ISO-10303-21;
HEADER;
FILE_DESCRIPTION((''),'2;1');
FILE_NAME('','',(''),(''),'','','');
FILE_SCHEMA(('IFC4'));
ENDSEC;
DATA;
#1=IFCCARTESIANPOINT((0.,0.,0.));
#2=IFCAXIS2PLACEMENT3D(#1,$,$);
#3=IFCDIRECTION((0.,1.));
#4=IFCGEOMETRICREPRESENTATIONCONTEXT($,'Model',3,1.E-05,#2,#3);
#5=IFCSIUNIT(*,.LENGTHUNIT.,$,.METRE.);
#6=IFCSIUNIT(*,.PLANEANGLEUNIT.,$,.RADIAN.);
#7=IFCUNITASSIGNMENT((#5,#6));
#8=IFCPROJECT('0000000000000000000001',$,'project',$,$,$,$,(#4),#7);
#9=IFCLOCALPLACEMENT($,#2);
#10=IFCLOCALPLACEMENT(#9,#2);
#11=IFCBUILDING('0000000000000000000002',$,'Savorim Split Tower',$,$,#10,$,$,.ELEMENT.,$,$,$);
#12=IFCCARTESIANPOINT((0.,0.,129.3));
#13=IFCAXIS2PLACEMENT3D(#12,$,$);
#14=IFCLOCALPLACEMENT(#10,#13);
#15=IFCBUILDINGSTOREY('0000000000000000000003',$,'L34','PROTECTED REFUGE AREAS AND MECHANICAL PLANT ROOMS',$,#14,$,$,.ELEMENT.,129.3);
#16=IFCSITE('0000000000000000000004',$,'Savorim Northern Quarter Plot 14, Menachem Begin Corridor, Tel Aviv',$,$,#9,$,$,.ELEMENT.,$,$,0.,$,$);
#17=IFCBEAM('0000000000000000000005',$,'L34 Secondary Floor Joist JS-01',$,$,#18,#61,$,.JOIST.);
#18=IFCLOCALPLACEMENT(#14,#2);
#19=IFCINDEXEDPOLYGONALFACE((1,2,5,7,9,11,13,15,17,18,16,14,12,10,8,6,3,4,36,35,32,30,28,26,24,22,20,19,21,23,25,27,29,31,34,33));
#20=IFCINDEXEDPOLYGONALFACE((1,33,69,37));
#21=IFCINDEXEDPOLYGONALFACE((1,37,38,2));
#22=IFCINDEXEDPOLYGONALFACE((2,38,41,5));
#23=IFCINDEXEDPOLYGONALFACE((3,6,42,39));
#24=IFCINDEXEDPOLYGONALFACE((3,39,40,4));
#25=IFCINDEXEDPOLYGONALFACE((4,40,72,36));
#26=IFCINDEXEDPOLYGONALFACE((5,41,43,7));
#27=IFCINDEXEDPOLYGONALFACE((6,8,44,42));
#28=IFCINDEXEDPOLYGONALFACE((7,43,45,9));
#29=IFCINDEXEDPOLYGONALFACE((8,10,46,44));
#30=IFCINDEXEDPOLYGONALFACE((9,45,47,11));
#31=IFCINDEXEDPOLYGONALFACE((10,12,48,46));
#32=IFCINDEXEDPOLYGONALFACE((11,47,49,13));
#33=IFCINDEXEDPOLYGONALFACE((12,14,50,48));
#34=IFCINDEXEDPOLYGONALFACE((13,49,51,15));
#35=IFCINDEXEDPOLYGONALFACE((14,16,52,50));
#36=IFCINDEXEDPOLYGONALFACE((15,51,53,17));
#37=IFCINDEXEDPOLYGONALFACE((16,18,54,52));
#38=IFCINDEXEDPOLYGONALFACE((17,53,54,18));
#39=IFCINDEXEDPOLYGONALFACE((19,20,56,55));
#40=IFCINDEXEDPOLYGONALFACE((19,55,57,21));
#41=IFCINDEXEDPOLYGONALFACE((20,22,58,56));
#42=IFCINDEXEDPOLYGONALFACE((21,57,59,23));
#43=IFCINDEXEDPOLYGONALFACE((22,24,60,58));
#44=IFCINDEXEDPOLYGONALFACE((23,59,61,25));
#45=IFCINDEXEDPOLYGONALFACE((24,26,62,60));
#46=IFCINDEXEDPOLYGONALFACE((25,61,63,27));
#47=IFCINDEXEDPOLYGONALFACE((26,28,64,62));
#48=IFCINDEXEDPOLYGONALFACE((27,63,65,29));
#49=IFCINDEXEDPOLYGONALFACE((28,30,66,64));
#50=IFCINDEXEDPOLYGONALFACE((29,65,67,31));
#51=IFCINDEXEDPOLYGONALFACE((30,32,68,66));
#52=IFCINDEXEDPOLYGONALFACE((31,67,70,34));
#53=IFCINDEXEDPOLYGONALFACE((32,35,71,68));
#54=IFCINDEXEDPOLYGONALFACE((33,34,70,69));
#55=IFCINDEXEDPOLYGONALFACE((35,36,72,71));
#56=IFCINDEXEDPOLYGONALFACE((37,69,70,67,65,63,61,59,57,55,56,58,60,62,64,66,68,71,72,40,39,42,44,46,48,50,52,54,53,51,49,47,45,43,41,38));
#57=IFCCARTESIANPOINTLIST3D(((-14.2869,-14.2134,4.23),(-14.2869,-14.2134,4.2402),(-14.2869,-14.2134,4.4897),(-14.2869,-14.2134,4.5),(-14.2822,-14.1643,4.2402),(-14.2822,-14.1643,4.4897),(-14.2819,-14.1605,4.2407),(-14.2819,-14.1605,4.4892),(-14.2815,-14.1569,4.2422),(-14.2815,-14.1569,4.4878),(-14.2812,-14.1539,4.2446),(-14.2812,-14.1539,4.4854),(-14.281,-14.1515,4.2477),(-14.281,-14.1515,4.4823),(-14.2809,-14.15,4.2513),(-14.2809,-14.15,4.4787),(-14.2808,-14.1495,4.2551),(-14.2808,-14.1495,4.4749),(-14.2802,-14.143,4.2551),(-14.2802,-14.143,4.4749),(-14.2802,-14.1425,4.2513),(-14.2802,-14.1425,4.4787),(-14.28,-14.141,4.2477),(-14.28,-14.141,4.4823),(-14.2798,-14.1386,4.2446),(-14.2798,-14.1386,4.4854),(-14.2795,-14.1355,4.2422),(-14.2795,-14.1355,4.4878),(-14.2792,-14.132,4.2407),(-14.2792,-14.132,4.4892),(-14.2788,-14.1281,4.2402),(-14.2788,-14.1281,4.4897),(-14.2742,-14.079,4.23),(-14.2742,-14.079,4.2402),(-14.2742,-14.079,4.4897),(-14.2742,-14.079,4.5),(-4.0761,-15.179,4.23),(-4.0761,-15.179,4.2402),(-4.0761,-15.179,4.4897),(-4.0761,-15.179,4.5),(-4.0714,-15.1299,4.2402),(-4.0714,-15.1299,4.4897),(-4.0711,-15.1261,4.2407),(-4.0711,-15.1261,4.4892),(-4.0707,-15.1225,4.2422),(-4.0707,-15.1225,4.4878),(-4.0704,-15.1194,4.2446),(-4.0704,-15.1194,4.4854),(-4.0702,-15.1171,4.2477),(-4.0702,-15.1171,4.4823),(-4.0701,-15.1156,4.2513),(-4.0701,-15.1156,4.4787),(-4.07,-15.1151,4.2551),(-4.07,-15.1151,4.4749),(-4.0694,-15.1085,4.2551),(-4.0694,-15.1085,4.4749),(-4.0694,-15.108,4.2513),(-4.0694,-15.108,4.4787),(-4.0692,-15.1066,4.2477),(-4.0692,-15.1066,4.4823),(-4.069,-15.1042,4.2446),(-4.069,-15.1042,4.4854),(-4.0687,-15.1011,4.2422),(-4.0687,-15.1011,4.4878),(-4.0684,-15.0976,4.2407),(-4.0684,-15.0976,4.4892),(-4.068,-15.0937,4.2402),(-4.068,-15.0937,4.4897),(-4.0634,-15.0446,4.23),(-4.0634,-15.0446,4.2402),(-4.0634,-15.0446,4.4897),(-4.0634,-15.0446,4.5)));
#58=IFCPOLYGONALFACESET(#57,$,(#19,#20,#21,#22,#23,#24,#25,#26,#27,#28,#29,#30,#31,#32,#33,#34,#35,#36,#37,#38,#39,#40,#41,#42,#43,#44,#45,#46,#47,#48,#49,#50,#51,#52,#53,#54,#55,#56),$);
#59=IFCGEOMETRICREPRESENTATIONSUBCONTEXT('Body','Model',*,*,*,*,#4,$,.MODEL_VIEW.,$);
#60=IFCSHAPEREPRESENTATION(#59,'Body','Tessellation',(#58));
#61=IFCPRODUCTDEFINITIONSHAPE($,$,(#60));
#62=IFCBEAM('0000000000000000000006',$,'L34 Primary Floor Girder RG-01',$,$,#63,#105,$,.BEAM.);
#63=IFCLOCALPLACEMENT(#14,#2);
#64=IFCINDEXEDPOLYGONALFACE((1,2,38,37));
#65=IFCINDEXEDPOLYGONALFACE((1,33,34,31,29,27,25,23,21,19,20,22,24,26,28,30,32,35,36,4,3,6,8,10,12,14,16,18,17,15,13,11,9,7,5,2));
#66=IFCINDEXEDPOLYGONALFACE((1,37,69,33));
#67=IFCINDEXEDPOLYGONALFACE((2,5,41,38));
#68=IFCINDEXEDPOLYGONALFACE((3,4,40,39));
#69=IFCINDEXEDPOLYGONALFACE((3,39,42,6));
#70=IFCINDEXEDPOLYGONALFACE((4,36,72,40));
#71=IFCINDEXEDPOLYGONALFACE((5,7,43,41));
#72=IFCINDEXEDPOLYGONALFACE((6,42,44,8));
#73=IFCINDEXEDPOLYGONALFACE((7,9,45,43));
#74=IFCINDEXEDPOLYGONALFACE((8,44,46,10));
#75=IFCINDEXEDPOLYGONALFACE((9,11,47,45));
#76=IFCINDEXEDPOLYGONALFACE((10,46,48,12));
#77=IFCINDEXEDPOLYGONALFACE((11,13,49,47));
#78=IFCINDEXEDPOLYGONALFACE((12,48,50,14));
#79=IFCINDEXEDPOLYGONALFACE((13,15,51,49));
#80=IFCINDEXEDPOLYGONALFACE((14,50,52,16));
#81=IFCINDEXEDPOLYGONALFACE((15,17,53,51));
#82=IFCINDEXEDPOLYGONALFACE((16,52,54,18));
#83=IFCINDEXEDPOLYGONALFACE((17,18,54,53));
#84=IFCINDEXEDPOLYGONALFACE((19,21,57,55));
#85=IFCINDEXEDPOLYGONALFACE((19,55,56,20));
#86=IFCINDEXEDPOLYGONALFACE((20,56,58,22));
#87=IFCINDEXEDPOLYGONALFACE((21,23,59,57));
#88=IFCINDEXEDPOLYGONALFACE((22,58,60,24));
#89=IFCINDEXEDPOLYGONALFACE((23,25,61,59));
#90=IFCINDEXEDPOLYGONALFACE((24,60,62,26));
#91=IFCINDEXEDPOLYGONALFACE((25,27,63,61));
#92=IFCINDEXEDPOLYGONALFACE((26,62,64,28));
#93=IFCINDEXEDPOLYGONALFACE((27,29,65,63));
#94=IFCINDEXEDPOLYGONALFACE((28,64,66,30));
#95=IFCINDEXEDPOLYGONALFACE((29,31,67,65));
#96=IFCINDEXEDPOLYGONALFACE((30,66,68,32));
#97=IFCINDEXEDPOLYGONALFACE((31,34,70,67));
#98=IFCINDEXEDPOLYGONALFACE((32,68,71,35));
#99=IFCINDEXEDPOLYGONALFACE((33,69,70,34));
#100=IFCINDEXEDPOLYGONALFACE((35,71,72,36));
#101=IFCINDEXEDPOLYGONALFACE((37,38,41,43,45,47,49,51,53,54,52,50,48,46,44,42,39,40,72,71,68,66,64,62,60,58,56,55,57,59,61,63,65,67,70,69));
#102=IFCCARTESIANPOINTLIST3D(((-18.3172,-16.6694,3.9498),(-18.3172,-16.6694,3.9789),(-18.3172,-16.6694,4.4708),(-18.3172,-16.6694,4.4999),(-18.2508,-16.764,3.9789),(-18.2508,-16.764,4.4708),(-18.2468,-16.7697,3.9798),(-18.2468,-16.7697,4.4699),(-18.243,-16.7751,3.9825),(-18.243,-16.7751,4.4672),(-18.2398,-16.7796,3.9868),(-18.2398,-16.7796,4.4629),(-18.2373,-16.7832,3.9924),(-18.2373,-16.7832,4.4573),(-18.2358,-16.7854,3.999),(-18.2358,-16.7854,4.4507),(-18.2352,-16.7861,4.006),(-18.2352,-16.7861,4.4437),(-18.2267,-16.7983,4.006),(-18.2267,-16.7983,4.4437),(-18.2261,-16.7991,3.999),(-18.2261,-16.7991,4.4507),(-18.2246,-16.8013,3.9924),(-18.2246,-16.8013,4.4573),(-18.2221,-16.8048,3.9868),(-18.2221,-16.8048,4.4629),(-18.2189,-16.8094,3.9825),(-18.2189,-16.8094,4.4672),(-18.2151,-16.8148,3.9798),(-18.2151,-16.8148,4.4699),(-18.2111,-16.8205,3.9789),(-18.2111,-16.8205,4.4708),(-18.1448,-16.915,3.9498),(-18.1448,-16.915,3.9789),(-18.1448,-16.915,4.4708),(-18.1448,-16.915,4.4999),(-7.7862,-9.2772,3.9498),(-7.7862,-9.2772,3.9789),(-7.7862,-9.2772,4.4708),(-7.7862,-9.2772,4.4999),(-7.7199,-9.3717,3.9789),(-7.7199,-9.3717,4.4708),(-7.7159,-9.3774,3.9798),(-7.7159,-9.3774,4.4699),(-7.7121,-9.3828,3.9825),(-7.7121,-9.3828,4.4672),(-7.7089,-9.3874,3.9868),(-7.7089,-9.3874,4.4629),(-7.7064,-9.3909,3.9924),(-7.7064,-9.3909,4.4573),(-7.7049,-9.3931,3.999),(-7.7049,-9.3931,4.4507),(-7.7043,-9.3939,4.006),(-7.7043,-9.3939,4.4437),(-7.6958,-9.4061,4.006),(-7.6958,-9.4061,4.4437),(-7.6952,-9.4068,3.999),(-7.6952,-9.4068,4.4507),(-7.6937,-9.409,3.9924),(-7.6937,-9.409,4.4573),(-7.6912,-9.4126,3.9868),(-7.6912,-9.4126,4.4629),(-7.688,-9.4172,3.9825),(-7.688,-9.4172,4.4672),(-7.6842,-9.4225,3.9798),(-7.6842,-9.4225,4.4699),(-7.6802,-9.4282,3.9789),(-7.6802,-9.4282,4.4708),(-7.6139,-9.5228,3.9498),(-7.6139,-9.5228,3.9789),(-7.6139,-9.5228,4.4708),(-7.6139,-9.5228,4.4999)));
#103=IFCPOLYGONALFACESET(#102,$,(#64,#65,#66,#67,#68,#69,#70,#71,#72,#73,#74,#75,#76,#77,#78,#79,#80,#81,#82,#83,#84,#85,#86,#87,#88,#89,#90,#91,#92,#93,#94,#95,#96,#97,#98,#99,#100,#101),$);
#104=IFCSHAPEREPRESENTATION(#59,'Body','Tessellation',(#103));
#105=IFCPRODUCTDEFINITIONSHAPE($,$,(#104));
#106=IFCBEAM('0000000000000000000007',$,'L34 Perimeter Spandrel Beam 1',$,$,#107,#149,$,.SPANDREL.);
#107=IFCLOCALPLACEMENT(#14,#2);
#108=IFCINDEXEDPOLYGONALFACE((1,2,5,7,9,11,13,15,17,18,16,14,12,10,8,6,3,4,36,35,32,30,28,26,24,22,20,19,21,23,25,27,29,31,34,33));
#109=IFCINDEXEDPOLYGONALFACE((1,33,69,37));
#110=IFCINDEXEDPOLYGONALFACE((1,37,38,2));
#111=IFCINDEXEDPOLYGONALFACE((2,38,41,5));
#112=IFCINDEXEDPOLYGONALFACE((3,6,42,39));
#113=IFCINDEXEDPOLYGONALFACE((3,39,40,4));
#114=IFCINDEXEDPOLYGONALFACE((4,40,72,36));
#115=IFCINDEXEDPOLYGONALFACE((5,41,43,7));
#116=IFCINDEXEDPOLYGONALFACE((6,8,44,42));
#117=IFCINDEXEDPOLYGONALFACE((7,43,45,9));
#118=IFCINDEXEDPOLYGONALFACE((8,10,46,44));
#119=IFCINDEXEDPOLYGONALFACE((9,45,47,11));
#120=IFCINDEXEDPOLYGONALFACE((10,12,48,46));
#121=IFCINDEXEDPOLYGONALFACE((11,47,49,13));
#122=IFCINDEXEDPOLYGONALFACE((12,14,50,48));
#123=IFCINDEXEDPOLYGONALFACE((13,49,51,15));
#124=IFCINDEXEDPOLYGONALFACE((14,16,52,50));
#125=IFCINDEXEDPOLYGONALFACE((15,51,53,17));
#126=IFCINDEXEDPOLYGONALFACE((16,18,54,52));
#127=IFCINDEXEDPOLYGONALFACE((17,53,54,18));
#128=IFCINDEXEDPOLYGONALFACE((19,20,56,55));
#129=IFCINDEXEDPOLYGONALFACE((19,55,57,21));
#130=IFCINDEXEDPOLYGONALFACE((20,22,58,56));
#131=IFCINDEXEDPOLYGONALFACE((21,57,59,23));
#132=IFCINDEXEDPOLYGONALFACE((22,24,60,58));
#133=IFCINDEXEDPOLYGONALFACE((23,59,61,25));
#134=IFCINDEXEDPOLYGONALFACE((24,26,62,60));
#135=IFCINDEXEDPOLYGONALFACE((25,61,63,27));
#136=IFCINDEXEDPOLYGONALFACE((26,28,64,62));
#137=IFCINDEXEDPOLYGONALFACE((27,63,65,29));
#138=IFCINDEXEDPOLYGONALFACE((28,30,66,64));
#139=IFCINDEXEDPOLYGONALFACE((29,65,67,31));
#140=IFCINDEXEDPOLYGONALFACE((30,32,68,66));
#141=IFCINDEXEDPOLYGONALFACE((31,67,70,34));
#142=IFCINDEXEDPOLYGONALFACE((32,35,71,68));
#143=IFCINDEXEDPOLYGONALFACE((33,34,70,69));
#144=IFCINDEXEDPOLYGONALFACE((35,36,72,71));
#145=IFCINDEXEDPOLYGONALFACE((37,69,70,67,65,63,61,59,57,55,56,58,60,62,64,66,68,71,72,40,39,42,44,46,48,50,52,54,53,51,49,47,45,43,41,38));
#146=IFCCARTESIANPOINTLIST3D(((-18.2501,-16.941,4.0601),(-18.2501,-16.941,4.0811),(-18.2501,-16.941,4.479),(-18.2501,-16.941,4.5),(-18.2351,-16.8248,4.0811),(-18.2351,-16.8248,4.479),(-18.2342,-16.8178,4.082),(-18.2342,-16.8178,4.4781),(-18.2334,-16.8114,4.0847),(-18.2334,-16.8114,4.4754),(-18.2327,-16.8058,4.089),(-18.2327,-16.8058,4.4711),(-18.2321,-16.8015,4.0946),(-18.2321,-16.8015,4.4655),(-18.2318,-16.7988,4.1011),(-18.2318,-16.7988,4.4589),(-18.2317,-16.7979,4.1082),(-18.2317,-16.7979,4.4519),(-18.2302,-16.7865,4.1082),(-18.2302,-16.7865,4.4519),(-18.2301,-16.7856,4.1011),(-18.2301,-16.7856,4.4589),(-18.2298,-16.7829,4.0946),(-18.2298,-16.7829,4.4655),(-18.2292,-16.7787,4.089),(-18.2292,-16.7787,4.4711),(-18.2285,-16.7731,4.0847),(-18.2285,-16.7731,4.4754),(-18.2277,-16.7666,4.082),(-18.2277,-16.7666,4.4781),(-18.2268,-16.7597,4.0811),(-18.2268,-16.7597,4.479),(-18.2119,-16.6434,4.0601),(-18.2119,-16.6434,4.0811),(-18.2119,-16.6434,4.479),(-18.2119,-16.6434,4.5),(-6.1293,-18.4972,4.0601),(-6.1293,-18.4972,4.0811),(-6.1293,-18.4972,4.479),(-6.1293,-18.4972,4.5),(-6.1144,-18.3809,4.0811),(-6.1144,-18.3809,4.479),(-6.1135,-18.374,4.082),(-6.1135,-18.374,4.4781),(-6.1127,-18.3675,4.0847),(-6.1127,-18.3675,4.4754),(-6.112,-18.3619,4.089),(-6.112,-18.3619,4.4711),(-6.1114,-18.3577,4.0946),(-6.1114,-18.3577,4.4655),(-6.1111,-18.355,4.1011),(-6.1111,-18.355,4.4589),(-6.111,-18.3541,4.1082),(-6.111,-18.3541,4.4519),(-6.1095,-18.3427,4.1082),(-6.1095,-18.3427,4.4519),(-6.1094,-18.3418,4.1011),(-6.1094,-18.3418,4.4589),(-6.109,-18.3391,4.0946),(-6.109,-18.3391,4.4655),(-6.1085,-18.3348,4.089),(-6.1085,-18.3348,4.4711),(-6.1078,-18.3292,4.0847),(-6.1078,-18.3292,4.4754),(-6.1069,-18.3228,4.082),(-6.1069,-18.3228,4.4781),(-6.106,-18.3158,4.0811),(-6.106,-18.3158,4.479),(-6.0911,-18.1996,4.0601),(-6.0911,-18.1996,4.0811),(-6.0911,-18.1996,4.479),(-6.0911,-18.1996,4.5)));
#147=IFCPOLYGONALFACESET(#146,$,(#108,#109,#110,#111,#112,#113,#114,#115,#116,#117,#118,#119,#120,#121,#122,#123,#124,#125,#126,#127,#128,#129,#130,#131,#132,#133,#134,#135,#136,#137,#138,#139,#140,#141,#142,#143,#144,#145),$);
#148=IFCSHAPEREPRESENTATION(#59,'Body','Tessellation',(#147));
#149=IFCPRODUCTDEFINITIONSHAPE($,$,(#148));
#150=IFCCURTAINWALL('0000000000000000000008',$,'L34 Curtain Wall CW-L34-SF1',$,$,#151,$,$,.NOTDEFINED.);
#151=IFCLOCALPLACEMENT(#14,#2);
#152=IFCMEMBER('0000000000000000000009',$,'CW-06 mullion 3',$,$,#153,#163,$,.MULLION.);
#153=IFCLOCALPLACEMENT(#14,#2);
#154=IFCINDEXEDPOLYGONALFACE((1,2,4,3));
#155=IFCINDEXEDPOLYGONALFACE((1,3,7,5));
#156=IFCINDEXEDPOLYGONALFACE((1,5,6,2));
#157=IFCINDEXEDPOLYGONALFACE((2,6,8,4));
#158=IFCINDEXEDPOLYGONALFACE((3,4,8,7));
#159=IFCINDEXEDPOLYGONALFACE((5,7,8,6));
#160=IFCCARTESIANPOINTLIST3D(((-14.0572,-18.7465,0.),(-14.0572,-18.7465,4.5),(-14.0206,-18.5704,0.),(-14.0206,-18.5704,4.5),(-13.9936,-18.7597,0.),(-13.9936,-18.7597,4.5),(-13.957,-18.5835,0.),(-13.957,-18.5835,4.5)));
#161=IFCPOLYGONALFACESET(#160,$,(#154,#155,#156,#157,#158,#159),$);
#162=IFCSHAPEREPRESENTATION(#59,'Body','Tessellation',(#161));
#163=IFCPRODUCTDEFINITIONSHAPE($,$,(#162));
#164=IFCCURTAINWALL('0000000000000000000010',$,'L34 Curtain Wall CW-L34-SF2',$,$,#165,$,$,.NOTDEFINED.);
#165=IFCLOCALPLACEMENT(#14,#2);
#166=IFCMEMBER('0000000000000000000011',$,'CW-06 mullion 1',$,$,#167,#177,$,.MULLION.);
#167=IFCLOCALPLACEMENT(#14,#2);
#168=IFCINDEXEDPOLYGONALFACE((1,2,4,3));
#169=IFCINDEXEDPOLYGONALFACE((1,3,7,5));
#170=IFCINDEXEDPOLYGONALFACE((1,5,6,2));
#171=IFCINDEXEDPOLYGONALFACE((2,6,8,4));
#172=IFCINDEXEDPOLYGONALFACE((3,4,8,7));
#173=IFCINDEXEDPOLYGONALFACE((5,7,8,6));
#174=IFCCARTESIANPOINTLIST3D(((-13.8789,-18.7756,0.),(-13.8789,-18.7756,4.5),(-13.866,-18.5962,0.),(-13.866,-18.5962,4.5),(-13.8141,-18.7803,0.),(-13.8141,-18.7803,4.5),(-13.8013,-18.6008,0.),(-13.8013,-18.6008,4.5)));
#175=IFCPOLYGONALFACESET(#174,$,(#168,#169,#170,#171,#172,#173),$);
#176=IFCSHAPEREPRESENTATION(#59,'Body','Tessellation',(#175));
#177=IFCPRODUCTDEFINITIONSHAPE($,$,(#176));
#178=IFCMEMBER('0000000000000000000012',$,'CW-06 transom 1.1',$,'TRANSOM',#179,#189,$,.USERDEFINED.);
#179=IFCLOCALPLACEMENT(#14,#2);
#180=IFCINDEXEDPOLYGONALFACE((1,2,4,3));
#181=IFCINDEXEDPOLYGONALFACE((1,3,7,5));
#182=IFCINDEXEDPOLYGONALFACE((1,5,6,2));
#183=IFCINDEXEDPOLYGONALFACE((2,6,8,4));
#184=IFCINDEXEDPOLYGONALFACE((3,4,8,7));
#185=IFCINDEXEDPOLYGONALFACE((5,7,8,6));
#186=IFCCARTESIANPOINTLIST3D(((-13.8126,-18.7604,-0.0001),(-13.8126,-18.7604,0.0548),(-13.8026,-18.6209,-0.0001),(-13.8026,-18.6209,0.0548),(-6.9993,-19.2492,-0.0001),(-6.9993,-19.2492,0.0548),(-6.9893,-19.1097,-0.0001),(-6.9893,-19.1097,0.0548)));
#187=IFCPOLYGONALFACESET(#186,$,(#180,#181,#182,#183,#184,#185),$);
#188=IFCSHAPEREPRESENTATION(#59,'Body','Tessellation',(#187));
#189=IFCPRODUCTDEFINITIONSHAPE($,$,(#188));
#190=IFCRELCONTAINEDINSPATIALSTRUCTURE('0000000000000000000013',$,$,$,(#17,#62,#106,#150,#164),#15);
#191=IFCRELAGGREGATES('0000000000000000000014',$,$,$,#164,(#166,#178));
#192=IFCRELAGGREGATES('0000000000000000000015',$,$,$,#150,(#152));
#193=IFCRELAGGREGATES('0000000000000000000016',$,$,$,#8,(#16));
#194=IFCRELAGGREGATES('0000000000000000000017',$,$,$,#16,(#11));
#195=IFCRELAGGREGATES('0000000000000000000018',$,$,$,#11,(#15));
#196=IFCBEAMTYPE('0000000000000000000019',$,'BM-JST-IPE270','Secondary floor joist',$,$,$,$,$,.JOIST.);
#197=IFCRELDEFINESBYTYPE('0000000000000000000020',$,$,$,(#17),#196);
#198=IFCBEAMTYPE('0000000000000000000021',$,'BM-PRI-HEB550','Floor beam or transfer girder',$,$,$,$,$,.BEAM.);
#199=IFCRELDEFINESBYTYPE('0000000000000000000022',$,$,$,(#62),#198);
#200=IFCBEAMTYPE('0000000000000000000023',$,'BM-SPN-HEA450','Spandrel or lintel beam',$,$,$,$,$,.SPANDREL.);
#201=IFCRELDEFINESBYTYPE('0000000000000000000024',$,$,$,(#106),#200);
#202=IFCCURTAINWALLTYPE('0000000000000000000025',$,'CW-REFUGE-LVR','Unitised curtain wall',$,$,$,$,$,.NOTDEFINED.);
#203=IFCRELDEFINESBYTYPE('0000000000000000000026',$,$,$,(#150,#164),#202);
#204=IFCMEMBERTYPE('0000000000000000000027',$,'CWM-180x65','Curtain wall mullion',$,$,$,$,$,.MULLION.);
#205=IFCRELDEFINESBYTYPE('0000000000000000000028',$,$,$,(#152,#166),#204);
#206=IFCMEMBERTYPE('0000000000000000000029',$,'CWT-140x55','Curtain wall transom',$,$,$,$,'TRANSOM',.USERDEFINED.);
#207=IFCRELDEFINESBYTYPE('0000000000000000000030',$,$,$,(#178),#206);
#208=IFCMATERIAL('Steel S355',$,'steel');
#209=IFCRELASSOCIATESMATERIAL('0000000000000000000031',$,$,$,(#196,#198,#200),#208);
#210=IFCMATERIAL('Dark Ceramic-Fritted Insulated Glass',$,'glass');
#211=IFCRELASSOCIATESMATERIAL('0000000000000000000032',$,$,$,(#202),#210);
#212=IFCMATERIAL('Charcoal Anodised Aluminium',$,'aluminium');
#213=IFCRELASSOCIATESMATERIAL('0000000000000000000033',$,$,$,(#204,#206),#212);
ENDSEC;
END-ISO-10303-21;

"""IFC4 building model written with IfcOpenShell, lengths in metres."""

from ifc_helpers import new_model, si_unit, direction, frame, origin, origin_2d, place, context, subcontext, project, spatial, rectangle, i_section, extrude, material, material_profile, profile_set, type_object, element, aggregate, save


model = new_model("IFC4")

# Units and contexts
model_context = context("Model", 3, precision=1e-05, world=origin(), true_north=direction((0.0, 1.0)))
body_context = subcontext(model_context, "Body", "Model", "MODEL_VIEW")
ifc_project = project(units=[si_unit("LENGTHUNIT", "METRE"), si_unit("PLANEANGLEUNIT", "RADIAN")], contexts=[model_context])

# Site, building, storey
site_placement = place(None, origin())
site = spatial("IfcSite", under=ifc_project, at=site_placement, Name="Savorim Northern Quarter Plot 14, Menachem Begin Corridor, Tel Aviv", CompositionType="ELEMENT", RefElevation=0.0)
building_placement = place(site_placement, origin())
building = spatial("IfcBuilding", under=site, at=building_placement, Name="Savorim Split Tower", CompositionType="ELEMENT")
storey_placement = place(building_placement, frame((0.0, 0.0, 129.3)))
storey = spatial("IfcBuildingStorey", under=building, at=storey_placement, Name="L34", Description="PROTECTED REFUGE AREAS AND MECHANICAL PLANT ROOMS", CompositionType="ELEMENT", Elevation=129.3)

# Beams
ifc_material_1 = material(Name="Steel S355", Category="steel")
ifc_material_profile_1 = material_profile(ifc_material_1, i_section(OverallWidth=0.135, OverallDepth=0.27, WebThickness=0.0066, FlangeThickness=0.0103, FilletRadius=0.0149, at=origin_2d()), Name="IPE 270")
ifc_profile_set_1 = profile_set([ifc_material_profile_1], Name="Steel S355")
beam_type_1 = type_object("IfcBeamType", Name="BM-JST-IPE270", Description="Secondary floor joist", PredefinedType="JOIST", material=ifc_profile_set_1)
beam_1_placement = place(storey_placement, frame((-14.2805, -14.1462, 4.365), z_axis=(0.995558, -0.094145, 0.0), x_axis=(0.094145, 0.995558, 0.0)))
element("IfcBeam", 1, at=beam_1_placement, inside=storey, type_object=beam_type_1, Name="L34 Secondary Floor Joist JS-01", PredefinedType="JOIST", context=body_context, shape_type="SweptSolid", body=[
    extrude(i_section(OverallWidth=0.135, OverallDepth=0.27, WebThickness=0.0066, FlangeThickness=0.0103, FilletRadius=0.0149, at=origin_2d()), origin(), (0.0, 0.0, 1.0), 10.2563),
])
ifc_material_profile_2 = material_profile(ifc_material_1, i_section(OverallWidth=0.3, OverallDepth=0.55, WebThickness=0.0149, FlangeThickness=0.0291, FilletRadius=0.0271, at=origin_2d()), Name="HEB 550")
ifc_profile_set_2 = profile_set([ifc_material_profile_2], Name="Steel S355")
beam_type_2 = type_object("IfcBeamType", Name="BM-PRI-HEB550", Description="Floor beam or transfer girder", PredefinedType="BEAM", material=ifc_profile_set_2)
beam_2_placement = place(storey_placement, frame((-18.231, -16.7922, 4.2249), z_axis=(0.818478, 0.574538, 0.0), x_axis=(-0.574538, 0.818478, 0.0)))
element("IfcBeam", 2, at=beam_2_placement, inside=storey, type_object=beam_type_2, Name="L34 Primary Floor Girder RG-01", PredefinedType="BEAM", context=body_context, shape_type="SweptSolid", body=[
    extrude(i_section(OverallWidth=0.3, OverallDepth=0.55, WebThickness=0.0149, FlangeThickness=0.0291, FilletRadius=0.0271, at=origin_2d()), origin(), (0.0, 0.0, 1.0), 12.8665),
])
ifc_material_profile_3 = material_profile(ifc_material_1, i_section(OverallWidth=0.3, OverallDepth=0.4399, WebThickness=0.0115, FlangeThickness=0.021, FilletRadius=0.0271, at=origin_2d()), Name="HEA 450")
ifc_profile_set_3 = profile_set([ifc_material_profile_3], Name="Steel S355")
beam_type_3 = type_object("IfcBeamType", Name="BM-SPN-HEA450", Description="Spandrel or lintel beam", PredefinedType="SPANDREL", material=ifc_profile_set_3)
beam_3_placement = place(storey_placement, frame((-18.231, -16.7922, 4.28), z_axis=(0.991859, -0.127341, 0.0), x_axis=(0.127341, 0.991859, 0.0)))
element("IfcBeam", 3, at=beam_3_placement, inside=storey, type_object=beam_type_3, Name="L34 Perimeter Spandrel Beam 1", PredefinedType="SPANDREL", context=body_context, shape_type="SweptSolid", body=[
    extrude(i_section(OverallWidth=0.3, OverallDepth=0.4399, WebThickness=0.0115, FlangeThickness=0.021, FilletRadius=0.0271, at=origin_2d()), origin(), (0.0, 0.0, 1.0), 12.2202),
])

# Curtain wall, member
ifc_material_2 = material(Name="Dark Ceramic-Fritted Insulated Glass", Category="glass")
curtain_wall_type = type_object("IfcCurtainWallType", Name="CW-REFUGE-LVR", Description="Unitised curtain wall", PredefinedType="NOTDEFINED", material=ifc_material_2)
curtain_wall_1_placement = place(storey_placement, origin())
curtain_wall_1 = element("IfcCurtainWall", 4, at=curtain_wall_1_placement, inside=storey, type_object=curtain_wall_type, Name="L34 Curtain Wall CW-L34-SF1", PredefinedType="NOTDEFINED")
ifc_material_3 = material(Name="Charcoal Anodised Aluminium", Category="aluminium")
ifc_material_profile_4 = material_profile(ifc_material_3, rectangle(XDim=0.1799, YDim=0.0649, at=origin_2d()), Name="ALU-M 180x65")
ifc_profile_set_4 = profile_set([ifc_material_profile_4], Name="Charcoal Anodised Aluminium")
member_type_1 = type_object("IfcMemberType", Name="CWM-180x65", Description="Curtain wall mullion", PredefinedType="MULLION", material=ifc_profile_set_4)
member_1_placement = place(storey_placement, frame((-14.0071, -18.665, 0.0), z_axis=(0.0, 0.0, 1.0), x_axis=(0.20321, 0.979135, 0.0)))
member_1 = element("IfcMember", 5, at=member_1_placement, type_object=member_type_1, Name="CW-06 mullion 3", PredefinedType="MULLION", context=body_context, shape_type="SweptSolid", body=[
    extrude(rectangle(XDim=0.1799, YDim=0.0649, at=origin_2d()), origin(), (0.0, 0.0, 1.0), 4.5),
])

# Curtain wall, members
curtain_wall_2_placement = place(storey_placement, origin())
curtain_wall_2 = element("IfcCurtainWall", 6, at=curtain_wall_2_placement, inside=storey, type_object=curtain_wall_type, Name="L34 Curtain Wall CW-L34-SF2", PredefinedType="NOTDEFINED")
member_2_placement = place(storey_placement, frame((-13.8401, -18.6882, 0.0), z_axis=(0.0, 0.0, 1.0), x_axis=(0.071561, 0.997436, 0.0)))
member_2 = element("IfcMember", 7, at=member_2_placement, type_object=member_type_1, Name="CW-06 mullion 1", PredefinedType="MULLION", context=body_context, shape_type="SweptSolid", body=[
    extrude(rectangle(XDim=0.1799, YDim=0.0649, at=origin_2d()), origin(), (0.0, 0.0, 1.0), 4.5),
])
ifc_material_profile_5 = material_profile(ifc_material_3, rectangle(XDim=0.1399, YDim=0.0549, at=origin_2d()), Name="ALU-T 140x55")
ifc_profile_set_5 = profile_set([ifc_material_profile_5], Name="Charcoal Anodised Aluminium")
member_type_2 = type_object("IfcMemberType", Name="CWT-140x55", Description="Curtain wall transom", ElementType="TRANSOM", PredefinedType="USERDEFINED", material=ifc_profile_set_5)
member_3_placement = place(storey_placement, frame((-13.8076, -18.6907, 0.0273), z_axis=(0.997437, -0.071554, 0.0), x_axis=(0.071554, 0.997437, 0.0)))
member_3 = element("IfcMember", 8, at=member_3_placement, type_object=member_type_2, Name="CW-06 transom 1.1", ObjectType="TRANSOM", PredefinedType="USERDEFINED", context=body_context, shape_type="SweptSolid", body=[
    extrude(rectangle(XDim=0.1399, YDim=0.0549, at=origin_2d()), origin(), (0.0, 0.0, 1.0), 6.8308),
])
aggregate(curtain_wall_2, [member_2, member_3])

aggregate(curtain_wall_1, [member_1])

save(model, "model.ifc")
